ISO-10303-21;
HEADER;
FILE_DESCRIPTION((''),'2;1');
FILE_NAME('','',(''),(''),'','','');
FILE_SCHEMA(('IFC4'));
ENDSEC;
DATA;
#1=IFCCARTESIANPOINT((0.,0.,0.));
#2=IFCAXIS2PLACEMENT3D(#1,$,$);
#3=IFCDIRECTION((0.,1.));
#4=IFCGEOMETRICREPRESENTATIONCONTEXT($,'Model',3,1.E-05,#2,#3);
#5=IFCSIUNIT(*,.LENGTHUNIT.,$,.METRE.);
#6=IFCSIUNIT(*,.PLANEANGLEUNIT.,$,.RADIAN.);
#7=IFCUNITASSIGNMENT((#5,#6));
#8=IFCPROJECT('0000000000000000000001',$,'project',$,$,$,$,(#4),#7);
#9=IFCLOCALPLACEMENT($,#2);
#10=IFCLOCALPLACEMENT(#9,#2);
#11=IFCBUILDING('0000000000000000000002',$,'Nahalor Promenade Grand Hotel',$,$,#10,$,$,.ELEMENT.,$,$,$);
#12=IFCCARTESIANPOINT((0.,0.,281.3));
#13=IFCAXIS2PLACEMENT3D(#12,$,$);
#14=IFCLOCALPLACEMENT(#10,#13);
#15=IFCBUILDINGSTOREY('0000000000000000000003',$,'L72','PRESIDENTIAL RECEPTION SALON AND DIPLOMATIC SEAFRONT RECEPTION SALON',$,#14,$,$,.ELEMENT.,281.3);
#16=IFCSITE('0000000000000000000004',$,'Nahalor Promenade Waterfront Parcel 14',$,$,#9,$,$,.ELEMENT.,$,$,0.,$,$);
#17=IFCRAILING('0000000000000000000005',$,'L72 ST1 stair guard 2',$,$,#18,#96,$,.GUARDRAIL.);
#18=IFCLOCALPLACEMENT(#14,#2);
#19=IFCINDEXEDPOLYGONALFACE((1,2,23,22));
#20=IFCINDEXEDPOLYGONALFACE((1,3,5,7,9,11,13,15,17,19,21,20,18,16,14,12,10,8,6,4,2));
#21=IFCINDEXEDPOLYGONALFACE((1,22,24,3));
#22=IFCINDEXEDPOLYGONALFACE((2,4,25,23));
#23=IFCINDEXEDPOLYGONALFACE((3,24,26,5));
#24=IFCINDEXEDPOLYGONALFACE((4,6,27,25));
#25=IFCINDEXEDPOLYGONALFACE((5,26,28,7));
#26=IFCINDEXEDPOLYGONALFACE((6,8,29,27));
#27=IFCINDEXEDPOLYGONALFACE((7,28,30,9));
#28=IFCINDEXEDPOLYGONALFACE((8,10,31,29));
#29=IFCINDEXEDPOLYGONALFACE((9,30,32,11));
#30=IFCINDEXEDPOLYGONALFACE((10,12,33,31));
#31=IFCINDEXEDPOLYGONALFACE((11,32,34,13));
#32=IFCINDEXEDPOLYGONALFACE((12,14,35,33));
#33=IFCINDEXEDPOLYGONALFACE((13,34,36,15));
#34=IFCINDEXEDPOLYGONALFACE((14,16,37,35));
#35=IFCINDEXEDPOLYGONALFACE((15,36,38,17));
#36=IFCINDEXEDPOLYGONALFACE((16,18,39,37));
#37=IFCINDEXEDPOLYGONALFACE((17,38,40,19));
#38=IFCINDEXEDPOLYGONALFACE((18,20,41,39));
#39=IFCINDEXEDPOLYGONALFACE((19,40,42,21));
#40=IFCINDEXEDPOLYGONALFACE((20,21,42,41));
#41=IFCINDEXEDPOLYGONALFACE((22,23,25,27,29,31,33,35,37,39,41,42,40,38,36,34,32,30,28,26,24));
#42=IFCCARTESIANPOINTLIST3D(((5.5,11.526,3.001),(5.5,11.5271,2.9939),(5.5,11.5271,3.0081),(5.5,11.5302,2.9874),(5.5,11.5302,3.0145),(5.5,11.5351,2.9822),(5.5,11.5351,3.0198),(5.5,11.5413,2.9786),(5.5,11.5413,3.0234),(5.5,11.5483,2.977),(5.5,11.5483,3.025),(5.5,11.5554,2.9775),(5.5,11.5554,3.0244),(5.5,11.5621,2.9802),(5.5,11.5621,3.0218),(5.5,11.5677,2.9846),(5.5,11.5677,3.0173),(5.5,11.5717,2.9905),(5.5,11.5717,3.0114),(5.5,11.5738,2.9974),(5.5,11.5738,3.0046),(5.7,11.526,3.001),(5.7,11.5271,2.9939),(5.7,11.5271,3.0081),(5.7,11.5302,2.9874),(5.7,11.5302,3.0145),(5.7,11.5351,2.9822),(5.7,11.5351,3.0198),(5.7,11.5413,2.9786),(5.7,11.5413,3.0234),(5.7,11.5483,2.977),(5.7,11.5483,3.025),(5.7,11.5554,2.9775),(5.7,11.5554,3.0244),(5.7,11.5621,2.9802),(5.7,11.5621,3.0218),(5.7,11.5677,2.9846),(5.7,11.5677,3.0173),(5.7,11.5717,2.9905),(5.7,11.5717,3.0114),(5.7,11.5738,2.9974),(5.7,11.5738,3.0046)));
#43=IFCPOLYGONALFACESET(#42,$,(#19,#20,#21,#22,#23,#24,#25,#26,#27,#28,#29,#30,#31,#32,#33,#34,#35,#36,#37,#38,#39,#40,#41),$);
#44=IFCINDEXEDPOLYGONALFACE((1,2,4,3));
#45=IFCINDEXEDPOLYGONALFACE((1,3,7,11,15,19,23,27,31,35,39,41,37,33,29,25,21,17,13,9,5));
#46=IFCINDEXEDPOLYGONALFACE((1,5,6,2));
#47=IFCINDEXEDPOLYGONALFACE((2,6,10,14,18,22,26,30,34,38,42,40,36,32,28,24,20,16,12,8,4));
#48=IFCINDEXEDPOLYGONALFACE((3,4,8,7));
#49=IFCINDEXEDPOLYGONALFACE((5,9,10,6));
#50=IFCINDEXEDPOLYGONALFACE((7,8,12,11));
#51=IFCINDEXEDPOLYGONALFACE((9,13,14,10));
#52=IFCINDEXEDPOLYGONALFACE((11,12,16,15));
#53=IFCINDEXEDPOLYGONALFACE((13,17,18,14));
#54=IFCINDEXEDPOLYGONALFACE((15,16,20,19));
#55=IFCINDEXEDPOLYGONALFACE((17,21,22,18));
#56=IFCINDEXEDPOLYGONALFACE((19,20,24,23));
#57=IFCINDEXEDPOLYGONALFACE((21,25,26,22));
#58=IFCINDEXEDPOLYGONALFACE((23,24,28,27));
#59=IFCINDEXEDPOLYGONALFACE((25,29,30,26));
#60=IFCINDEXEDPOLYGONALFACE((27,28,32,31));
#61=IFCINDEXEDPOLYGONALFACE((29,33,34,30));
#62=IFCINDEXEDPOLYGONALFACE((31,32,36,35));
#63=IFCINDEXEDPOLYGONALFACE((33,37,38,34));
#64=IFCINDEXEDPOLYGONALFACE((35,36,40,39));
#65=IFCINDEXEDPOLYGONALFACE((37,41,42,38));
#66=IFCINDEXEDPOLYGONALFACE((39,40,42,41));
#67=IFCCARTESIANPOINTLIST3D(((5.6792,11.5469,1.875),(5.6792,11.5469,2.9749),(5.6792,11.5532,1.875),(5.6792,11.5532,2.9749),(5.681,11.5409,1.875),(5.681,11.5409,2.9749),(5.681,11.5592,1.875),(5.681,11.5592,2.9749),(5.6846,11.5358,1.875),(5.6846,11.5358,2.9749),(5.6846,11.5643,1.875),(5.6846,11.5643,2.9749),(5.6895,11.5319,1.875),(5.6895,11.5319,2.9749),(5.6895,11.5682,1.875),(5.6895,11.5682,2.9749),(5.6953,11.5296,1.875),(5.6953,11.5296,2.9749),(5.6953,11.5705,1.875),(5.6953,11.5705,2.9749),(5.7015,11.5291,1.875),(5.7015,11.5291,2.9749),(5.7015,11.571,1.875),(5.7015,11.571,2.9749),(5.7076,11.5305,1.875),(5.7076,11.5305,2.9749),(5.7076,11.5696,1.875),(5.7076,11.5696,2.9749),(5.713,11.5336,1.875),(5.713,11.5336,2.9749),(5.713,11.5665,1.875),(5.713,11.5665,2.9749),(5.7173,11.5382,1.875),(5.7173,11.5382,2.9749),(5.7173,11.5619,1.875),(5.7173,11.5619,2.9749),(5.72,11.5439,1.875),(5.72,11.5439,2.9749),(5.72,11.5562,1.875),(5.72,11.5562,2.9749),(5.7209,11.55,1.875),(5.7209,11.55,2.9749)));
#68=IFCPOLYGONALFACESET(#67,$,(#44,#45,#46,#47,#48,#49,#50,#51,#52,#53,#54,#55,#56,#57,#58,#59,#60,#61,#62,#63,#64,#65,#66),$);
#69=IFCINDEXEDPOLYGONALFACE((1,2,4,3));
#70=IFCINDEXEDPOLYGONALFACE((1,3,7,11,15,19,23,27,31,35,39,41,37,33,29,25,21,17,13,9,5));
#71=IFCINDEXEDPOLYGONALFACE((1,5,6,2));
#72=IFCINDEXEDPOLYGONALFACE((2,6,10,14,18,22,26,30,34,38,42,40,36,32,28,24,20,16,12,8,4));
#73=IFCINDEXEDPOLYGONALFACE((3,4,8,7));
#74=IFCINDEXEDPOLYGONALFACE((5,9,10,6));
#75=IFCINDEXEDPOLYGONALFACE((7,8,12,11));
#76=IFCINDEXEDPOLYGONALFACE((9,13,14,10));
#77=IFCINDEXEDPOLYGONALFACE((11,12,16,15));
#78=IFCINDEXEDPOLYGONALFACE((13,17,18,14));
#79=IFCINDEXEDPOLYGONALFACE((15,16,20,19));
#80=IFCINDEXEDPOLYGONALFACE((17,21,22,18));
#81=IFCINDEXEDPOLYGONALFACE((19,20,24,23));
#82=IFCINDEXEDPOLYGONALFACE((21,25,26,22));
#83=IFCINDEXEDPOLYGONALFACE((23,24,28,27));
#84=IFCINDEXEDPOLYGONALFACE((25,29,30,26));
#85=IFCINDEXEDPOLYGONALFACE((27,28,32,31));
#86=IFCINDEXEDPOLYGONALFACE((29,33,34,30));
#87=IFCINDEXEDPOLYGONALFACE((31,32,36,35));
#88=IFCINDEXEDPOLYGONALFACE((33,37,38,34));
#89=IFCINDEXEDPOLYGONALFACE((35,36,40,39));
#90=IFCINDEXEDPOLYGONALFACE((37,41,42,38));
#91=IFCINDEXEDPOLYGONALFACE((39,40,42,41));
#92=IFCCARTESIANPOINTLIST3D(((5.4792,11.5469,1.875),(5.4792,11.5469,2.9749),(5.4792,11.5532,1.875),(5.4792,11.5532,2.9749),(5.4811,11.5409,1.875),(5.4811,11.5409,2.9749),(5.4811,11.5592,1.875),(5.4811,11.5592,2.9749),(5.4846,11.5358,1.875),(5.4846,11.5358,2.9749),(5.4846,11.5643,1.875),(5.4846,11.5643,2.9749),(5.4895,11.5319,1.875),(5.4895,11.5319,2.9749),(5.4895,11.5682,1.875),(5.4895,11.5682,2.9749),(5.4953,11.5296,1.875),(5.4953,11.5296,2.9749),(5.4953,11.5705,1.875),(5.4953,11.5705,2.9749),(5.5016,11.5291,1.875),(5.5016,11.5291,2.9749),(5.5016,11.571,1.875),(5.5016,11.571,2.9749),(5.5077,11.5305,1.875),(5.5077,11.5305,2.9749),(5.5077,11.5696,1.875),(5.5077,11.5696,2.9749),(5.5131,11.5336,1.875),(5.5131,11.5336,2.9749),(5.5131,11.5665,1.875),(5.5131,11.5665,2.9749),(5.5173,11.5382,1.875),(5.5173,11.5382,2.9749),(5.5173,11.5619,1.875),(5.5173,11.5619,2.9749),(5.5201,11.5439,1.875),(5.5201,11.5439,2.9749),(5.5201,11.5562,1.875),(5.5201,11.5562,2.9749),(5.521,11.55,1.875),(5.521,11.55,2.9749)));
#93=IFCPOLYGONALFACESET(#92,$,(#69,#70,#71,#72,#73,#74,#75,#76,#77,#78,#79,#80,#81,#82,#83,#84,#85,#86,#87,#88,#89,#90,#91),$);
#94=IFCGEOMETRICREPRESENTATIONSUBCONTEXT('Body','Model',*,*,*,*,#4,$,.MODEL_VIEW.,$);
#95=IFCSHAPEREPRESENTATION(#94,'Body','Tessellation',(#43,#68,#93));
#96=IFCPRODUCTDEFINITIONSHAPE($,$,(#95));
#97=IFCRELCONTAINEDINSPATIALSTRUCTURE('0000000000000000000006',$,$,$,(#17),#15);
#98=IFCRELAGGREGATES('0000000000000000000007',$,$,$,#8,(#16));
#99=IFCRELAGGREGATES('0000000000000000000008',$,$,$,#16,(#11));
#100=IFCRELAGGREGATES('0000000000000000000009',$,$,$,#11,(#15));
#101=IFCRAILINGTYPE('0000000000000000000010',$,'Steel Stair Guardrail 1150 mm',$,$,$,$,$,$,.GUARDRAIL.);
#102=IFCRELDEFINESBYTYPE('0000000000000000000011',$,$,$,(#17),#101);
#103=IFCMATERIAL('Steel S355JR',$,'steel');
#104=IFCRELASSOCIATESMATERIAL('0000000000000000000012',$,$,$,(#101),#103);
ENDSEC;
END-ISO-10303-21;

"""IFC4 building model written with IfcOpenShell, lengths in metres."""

from ifc_helpers import new_model, si_unit, direction, frame, origin, origin_2d, place, context, subcontext, project, spatial, circle, extrude, material, type_object, element, save


model = new_model("IFC4")

# Units and contexts
model_context = context("Model", 3, precision=1e-05, world=origin(), true_north=direction((0.0, 1.0)))
body_context = subcontext(model_context, "Body", "Model", "MODEL_VIEW")
ifc_project = project(units=[si_unit("LENGTHUNIT", "METRE"), si_unit("PLANEANGLEUNIT", "RADIAN")], contexts=[model_context])

# Site, building, storey
site_placement = place(None, origin())
site = spatial("IfcSite", under=ifc_project, at=site_placement, Name="Nahalor Promenade Waterfront Parcel 14", CompositionType="ELEMENT", RefElevation=0.0)
building_placement = place(site_placement, origin())
building = spatial("IfcBuilding", under=site, at=building_placement, Name="Nahalor Promenade Grand Hotel", CompositionType="ELEMENT")
storey_placement = place(building_placement, frame((0.0, 0.0, 281.3)))
storey = spatial("IfcBuildingStorey", under=building, at=storey_placement, Name="L72", Description="PRESIDENTIAL RECEPTION SALON AND DIPLOMATIC SEAFRONT RECEPTION SALON", CompositionType="ELEMENT", Elevation=281.3)

# Shared definitions
ifc_material_1 = material(Name="Steel S355JR", Category="steel")

# Railing
railing_type_1 = type_object("IfcRailingType", Name="Steel Stair Guardrail 1150 mm", PredefinedType="GUARDRAIL", material=ifc_material_1)
railing_1_placement = place(storey_placement, frame((5.7, 11.55, 1.875)))
element("IfcRailing", 1, at=railing_1_placement, inside=storey, type_object=railing_type_1, Name="L72 ST1 stair guard 2", PredefinedType="GUARDRAIL", context=body_context, shape_type="SweptSolid", body=[
    extrude(circle(Radius=0.024, at=origin_2d()), frame((0.0, 0.0, 1.126), z_axis=(-1.0, 0.0, 0.0), x_axis=(0.0, -1.0, 0.0)), (0.0, 0.0, 1.0), 0.2),
    extrude(circle(Radius=0.021, at=origin_2d()), origin(), (0.0, 0.0, 1.0), 1.0999),
    extrude(circle(Radius=0.021, at=origin_2d()), frame((-0.2, 0.0, 0.0)), (0.0, 0.0, 1.0), 1.0999),
])

save(model, "model.ifc")
